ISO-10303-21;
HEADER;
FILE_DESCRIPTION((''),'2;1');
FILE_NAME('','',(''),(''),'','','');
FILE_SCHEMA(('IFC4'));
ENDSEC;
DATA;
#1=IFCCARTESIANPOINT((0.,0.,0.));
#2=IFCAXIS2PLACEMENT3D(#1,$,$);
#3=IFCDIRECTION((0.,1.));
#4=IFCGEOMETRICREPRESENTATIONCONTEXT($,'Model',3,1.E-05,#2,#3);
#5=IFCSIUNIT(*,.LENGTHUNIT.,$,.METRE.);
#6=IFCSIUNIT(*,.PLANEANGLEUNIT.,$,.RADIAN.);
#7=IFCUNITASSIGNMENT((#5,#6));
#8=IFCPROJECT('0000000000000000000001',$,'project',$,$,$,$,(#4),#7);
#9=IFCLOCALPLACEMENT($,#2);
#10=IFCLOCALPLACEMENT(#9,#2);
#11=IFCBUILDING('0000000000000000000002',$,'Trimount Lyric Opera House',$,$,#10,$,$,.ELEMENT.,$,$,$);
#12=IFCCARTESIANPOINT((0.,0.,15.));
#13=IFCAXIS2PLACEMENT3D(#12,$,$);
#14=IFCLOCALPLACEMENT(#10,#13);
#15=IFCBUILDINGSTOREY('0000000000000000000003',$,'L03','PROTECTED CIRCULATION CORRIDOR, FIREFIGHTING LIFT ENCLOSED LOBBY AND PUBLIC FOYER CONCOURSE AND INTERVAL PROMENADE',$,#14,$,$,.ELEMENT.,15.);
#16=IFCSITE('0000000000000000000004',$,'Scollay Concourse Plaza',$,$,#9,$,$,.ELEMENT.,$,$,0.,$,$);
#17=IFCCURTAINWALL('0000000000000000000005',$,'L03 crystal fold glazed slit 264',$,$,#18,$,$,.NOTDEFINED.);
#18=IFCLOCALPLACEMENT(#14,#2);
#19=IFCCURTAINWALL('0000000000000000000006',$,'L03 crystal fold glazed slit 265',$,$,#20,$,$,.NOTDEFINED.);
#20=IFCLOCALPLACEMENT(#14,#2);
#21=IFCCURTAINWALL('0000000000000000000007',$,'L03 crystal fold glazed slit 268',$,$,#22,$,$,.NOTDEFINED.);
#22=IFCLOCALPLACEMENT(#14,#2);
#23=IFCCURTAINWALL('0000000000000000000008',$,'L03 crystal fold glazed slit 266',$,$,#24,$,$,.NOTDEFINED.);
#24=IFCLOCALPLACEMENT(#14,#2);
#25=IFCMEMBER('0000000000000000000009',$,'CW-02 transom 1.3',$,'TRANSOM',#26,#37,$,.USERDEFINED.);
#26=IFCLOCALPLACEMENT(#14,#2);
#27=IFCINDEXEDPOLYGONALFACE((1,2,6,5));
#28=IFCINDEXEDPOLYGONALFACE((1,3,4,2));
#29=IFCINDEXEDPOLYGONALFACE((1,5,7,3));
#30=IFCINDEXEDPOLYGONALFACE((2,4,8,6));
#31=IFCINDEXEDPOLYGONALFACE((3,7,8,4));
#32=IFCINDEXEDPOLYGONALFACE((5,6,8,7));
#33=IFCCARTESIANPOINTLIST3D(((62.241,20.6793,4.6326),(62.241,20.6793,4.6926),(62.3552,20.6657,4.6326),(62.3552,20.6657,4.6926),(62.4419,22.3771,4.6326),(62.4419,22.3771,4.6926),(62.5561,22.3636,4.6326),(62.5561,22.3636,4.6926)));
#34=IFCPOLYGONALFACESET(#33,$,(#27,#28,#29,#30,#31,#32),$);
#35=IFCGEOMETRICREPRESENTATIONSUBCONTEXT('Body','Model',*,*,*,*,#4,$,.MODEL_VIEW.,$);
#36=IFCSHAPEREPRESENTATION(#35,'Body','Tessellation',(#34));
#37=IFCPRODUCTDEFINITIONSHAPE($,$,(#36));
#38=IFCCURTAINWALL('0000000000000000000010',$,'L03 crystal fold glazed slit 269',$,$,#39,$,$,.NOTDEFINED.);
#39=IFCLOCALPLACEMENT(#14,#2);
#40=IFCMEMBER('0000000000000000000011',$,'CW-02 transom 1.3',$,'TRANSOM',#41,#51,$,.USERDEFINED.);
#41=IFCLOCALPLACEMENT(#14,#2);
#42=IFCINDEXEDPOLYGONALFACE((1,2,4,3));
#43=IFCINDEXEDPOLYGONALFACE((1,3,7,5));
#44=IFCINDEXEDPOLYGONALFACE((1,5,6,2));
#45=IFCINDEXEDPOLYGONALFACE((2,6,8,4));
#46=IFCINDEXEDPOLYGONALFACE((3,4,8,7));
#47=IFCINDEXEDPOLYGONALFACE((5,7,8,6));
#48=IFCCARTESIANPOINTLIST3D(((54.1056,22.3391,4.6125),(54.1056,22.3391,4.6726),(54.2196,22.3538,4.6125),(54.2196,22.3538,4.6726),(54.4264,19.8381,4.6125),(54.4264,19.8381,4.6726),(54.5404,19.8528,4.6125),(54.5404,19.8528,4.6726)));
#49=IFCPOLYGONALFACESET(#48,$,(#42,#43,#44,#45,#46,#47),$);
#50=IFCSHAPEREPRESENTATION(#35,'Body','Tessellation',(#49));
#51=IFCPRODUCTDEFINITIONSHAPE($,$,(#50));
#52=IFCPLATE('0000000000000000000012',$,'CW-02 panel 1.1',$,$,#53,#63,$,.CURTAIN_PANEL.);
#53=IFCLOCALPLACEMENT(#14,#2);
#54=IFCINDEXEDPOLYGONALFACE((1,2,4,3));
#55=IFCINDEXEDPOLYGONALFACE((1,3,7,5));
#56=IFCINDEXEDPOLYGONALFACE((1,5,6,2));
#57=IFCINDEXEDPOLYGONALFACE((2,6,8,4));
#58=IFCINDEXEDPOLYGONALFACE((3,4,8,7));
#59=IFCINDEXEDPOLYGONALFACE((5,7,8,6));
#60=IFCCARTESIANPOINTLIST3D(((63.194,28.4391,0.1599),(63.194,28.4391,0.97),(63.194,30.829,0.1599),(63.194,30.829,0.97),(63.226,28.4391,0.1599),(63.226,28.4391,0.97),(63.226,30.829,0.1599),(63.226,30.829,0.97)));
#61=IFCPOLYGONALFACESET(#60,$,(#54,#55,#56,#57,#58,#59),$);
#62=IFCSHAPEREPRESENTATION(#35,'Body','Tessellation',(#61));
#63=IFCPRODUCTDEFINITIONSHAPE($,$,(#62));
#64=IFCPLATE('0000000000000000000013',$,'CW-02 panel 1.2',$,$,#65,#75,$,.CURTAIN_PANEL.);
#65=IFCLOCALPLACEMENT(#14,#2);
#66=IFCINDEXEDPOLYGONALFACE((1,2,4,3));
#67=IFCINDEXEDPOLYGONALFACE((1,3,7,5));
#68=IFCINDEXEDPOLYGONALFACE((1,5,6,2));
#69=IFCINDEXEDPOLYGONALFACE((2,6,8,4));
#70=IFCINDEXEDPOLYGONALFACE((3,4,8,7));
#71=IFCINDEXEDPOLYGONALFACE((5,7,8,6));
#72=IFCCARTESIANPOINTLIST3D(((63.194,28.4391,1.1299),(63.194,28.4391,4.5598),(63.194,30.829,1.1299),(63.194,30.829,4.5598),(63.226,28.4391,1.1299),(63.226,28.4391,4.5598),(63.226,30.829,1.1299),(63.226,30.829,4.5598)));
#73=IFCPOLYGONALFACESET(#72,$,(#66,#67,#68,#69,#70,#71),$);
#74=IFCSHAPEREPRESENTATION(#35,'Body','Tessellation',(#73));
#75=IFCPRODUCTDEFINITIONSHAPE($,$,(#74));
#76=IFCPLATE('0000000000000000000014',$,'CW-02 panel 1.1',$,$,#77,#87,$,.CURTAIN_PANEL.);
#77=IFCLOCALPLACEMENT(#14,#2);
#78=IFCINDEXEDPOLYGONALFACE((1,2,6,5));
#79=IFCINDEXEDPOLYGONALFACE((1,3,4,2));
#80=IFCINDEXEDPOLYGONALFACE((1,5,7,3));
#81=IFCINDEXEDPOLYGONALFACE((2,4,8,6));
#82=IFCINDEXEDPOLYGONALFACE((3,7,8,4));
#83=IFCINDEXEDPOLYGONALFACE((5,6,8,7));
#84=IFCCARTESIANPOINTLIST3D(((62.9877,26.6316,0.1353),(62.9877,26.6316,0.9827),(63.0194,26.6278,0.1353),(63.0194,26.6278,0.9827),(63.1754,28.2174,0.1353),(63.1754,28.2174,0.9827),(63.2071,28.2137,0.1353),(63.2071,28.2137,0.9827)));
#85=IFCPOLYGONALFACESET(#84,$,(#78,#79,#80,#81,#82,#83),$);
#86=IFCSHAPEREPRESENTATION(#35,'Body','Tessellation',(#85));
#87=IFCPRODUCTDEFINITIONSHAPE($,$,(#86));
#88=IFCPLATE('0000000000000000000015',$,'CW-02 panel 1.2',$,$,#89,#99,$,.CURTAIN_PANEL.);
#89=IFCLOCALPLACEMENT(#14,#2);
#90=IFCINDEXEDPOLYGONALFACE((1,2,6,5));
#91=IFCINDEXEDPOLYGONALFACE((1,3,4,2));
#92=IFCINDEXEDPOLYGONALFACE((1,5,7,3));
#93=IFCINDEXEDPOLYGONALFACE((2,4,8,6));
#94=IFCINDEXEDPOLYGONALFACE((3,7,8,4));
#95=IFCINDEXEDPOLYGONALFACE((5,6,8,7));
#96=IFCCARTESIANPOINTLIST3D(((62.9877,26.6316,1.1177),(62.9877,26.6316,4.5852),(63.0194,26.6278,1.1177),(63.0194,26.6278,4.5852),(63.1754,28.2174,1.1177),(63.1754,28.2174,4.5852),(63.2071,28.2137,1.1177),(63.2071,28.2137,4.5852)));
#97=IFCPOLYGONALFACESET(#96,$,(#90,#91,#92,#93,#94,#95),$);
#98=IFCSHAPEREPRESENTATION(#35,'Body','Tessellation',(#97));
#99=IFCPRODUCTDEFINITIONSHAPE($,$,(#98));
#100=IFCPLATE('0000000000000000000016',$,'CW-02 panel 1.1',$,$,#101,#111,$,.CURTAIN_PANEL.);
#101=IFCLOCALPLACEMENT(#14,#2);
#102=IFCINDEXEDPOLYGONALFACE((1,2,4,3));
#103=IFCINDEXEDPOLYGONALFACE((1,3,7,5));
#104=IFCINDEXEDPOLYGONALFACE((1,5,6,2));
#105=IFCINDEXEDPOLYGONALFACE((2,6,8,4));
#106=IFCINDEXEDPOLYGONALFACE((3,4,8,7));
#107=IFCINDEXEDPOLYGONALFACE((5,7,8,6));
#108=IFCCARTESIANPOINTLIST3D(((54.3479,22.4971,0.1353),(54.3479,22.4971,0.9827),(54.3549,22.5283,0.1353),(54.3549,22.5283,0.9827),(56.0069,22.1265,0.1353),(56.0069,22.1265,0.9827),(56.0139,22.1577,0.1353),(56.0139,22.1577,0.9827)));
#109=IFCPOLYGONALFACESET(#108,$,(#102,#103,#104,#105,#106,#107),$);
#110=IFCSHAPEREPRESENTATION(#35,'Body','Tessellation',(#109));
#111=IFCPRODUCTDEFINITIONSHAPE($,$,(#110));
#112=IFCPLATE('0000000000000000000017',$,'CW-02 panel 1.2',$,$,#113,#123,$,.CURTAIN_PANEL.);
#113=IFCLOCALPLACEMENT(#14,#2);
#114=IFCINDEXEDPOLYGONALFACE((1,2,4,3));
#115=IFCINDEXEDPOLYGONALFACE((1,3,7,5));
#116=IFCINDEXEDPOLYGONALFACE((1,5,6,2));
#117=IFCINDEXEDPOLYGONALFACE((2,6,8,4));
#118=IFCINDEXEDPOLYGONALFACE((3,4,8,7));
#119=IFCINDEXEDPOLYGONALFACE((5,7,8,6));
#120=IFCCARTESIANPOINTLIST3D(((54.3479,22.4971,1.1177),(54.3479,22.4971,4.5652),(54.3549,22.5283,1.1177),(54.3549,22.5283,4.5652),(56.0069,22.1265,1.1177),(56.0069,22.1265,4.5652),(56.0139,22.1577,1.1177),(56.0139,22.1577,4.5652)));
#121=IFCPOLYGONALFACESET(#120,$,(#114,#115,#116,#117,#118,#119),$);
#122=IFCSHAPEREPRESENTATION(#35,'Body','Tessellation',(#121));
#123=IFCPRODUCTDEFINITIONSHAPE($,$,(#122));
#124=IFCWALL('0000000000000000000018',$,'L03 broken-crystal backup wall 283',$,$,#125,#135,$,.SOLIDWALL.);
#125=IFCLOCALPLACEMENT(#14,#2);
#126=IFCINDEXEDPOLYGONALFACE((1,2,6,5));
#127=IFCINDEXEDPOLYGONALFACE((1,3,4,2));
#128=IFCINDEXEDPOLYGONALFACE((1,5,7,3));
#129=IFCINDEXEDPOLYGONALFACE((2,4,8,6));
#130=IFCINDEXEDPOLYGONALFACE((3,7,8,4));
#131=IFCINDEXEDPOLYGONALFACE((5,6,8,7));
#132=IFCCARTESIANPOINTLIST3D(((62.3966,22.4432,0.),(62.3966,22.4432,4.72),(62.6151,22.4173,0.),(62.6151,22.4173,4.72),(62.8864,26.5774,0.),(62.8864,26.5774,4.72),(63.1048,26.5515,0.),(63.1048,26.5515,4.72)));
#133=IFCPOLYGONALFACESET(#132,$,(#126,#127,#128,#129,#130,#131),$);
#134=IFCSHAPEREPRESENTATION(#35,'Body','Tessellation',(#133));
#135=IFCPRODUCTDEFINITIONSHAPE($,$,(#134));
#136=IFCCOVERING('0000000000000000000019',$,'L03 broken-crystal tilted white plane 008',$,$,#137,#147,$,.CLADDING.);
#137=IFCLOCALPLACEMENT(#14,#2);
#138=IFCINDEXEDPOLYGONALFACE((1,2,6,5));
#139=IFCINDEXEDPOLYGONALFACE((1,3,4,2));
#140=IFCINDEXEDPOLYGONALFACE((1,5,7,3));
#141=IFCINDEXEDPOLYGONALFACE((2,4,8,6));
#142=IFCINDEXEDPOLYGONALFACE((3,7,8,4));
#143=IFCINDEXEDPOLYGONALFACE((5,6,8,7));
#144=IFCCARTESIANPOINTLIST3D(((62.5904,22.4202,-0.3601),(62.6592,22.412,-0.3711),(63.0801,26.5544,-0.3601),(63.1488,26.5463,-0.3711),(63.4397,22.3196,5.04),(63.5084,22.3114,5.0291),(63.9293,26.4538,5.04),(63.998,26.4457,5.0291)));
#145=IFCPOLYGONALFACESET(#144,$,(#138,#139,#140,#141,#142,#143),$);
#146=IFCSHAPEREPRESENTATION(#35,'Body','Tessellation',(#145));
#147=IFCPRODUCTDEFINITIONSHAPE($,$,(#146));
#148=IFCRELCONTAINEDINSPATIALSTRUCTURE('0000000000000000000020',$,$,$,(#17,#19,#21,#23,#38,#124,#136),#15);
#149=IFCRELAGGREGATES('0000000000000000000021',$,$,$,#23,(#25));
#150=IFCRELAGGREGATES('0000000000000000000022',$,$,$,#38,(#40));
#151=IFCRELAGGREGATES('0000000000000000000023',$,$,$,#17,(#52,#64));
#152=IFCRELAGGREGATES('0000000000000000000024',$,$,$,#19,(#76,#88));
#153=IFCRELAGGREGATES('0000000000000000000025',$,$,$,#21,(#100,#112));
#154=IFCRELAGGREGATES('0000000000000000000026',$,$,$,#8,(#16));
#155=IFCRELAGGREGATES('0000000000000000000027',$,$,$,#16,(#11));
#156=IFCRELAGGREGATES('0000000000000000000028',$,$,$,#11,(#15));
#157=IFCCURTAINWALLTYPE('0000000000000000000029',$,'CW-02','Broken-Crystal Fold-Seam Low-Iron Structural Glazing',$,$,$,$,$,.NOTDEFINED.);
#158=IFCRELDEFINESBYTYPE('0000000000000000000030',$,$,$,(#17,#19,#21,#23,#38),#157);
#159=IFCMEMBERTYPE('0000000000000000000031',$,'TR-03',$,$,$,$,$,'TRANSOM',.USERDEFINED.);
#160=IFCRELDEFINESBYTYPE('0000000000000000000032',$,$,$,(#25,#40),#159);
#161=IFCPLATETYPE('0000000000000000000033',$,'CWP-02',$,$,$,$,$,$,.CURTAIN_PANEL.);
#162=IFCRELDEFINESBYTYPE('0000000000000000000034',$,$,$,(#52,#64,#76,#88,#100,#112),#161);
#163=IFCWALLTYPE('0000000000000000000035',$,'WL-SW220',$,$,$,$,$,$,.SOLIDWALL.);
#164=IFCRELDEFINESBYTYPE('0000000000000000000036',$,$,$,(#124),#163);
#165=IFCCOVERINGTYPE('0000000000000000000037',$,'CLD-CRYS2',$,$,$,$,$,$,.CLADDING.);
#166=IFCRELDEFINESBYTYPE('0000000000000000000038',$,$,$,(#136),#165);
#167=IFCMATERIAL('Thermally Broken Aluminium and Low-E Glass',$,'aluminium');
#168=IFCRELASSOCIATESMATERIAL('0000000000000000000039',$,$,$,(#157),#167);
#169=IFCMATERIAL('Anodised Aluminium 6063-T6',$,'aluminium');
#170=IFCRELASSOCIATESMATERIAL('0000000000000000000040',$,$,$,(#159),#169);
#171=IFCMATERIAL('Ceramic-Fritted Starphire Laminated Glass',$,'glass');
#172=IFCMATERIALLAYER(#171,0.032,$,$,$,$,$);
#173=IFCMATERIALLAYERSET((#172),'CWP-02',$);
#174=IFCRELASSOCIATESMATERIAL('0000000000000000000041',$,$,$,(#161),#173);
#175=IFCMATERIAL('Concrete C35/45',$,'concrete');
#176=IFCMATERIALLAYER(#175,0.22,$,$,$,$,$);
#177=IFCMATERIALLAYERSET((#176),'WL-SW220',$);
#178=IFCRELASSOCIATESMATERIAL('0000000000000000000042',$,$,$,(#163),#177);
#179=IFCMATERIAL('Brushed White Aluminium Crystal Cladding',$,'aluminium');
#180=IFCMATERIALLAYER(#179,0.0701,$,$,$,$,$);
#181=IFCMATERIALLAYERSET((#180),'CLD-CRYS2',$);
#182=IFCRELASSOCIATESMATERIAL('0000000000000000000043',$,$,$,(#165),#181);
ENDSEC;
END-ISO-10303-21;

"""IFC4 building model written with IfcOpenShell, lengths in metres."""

from ifc_helpers import new_model, si_unit, direction, frame, frame_2d, origin, origin_2d, place, context, subcontext, project, spatial, polyline, rectangle, outline, extrude, material, layer, layer_set, material_profile, profile_set, type_object, element, aggregate, save


model = new_model("IFC4")

# Units and contexts
model_context = context("Model", 3, precision=1e-05, world=origin(), true_north=direction((0.0, 1.0)))
body_context = subcontext(model_context, "Body", "Model", "MODEL_VIEW")
ifc_project = project(units=[si_unit("LENGTHUNIT", "METRE"), si_unit("PLANEANGLEUNIT", "RADIAN")], contexts=[model_context])

# Site, building, storey
site_placement = place(None, origin())
site = spatial("IfcSite", under=ifc_project, at=site_placement, Name="Scollay Concourse Plaza", CompositionType="ELEMENT", RefElevation=0.0)
building_placement = place(site_placement, origin())
building = spatial("IfcBuilding", under=site, at=building_placement, Name="Trimount Lyric Opera House", CompositionType="ELEMENT")
storey_placement = place(building_placement, frame((0.0, 0.0, 15.0)))
storey = spatial("IfcBuildingStorey", under=building, at=storey_placement, Name="L03", Description="PROTECTED CIRCULATION CORRIDOR, FIREFIGHTING LIFT ENCLOSED LOBBY AND PUBLIC FOYER CONCOURSE AND INTERVAL PROMENADE", CompositionType="ELEMENT", Elevation=15.0)

# Curtain wall
ifc_material_1 = material(Name="Thermally Broken Aluminium and Low-E Glass", Category="aluminium")
curtain_wall_type = type_object("IfcCurtainWallType", Name="CW-02", Description="Broken-Crystal Fold-Seam Low-Iron Structural Glazing", PredefinedType="NOTDEFINED", material=ifc_material_1)
curtain_wall_1_placement = place(storey_placement, origin())
curtain_wall_1 = element("IfcCurtainWall", 1, at=curtain_wall_1_placement, inside=storey, type_object=curtain_wall_type, Name="L03 crystal fold glazed slit 264", PredefinedType="NOTDEFINED")

# Curtain wall
curtain_wall_2_placement = place(storey_placement, origin())
curtain_wall_2 = element("IfcCurtainWall", 2, at=curtain_wall_2_placement, inside=storey, type_object=curtain_wall_type, Name="L03 crystal fold glazed slit 265", PredefinedType="NOTDEFINED")

# Curtain walls
curtain_wall_3_placement = place(storey_placement, origin())
curtain_wall_3 = element("IfcCurtainWall", 3, at=curtain_wall_3_placement, inside=storey, type_object=curtain_wall_type, Name="L03 crystal fold glazed slit 268", PredefinedType="NOTDEFINED")
curtain_wall_4_placement = place(storey_placement, origin())
curtain_wall_4 = element("IfcCurtainWall", 4, at=curtain_wall_4_placement, inside=storey, type_object=curtain_wall_type, Name="L03 crystal fold glazed slit 266", PredefinedType="NOTDEFINED")

# Member
ifc_material_2 = material(Name="Anodised Aluminium 6063-T6", Category="aluminium")
ifc_material_profile_1 = material_profile(ifc_material_2, rectangle(XDim=0.115, YDim=0.0601, at=origin_2d()), Name="ALU-TRAN-60X115")
ifc_profile_set_1 = profile_set([ifc_material_profile_1], Name="Anodised Aluminium 6063-T6")
member_type_1 = type_object("IfcMemberType", Name="TR-03", ElementType="TRANSOM", PredefinedType="USERDEFINED", material=ifc_profile_set_1)
member_1_placement = place(storey_placement, frame((62.499, 22.3704, 4.6626), z_axis=(-0.117529, -0.993069, 0.0), x_axis=(0.993069, -0.117529, 0.0)))
member_1 = element("IfcMember", 5, at=member_1_placement, type_object=member_type_1, Name="CW-02 transom 1.3", ObjectType="TRANSOM", PredefinedType="USERDEFINED", context=body_context, shape_type="SweptSolid", body=[
    extrude(rectangle(XDim=0.115, YDim=0.0601, at=origin_2d()), origin(), (0.0, 0.0, 1.0), 1.7097),
])
aggregate(curtain_wall_4, [member_1])

# Curtain wall, member
curtain_wall_5_placement = place(storey_placement, origin())
curtain_wall_5 = element("IfcCurtainWall", 6, at=curtain_wall_5_placement, inside=storey, type_object=curtain_wall_type, Name="L03 crystal fold glazed slit 269", PredefinedType="NOTDEFINED")
member_2_placement = place(storey_placement, frame((54.1626, 22.3464, 4.6426), z_axis=(0.127228, -0.991874, 0.0), x_axis=(0.991874, 0.127228, 0.0)))
member_2 = element("IfcMember", 7, at=member_2_placement, type_object=member_type_1, Name="CW-02 transom 1.3", ObjectType="TRANSOM", PredefinedType="USERDEFINED", context=body_context, shape_type="SweptSolid", body=[
    extrude(rectangle(XDim=0.115, YDim=0.0601, at=origin_2d()), origin(), (0.0, 0.0, 1.0), 2.5215),
])
aggregate(curtain_wall_5, [member_2])

# Plates
ifc_material_3 = material(Name="Ceramic-Fritted Starphire Laminated Glass", Category="glass")
ifc_layer_1 = layer(ifc_material_3, 0.032)
ifc_layer_set_1 = layer_set([ifc_layer_1], Name="CWP-02")
plate_type = type_object("IfcPlateType", Name="CWP-02", PredefinedType="CURTAIN_PANEL", material=ifc_layer_set_1)
plate_1_placement = place(storey_placement, frame((63.21, 29.634, 0.1599), z_axis=(0.0, 0.0, 1.0), x_axis=(0.0, -1.0, 0.0)))
plate_1 = element("IfcPlate", 8, at=plate_1_placement, type_object=plate_type, Name="CW-02 panel 1.1", PredefinedType="CURTAIN_PANEL", context=body_context, shape_type="SweptSolid", body=[
    extrude(rectangle(XDim=2.3899, YDim=0.032, at=origin_2d()), origin(), (0.0, 0.0, 1.0), 0.8101),
])
plate_2_placement = place(storey_placement, frame((63.21, 29.634, 1.1299), z_axis=(0.0, 0.0, 1.0), x_axis=(0.0, -1.0, 0.0)))
plate_2 = element("IfcPlate", 9, at=plate_2_placement, type_object=plate_type, Name="CW-02 panel 1.2", PredefinedType="CURTAIN_PANEL", context=body_context, shape_type="SweptSolid", body=[
    extrude(rectangle(XDim=2.3899, YDim=0.032, at=origin_2d()), origin(), (0.0, 0.0, 1.0), 3.4299),
])
aggregate(curtain_wall_1, [plate_1, plate_2])
plate_3_placement = place(storey_placement, frame((63.0974, 27.4226, 0.1353), z_axis=(0.0, 0.0, 1.0), x_axis=(-0.117547, -0.993067, 0.0)))
plate_3 = element("IfcPlate", 10, at=plate_3_placement, type_object=plate_type, Name="CW-02 panel 1.1", PredefinedType="CURTAIN_PANEL", context=body_context, shape_type="SweptSolid", body=[
    extrude(rectangle(XDim=1.5969, YDim=0.032, at=origin_2d()), origin(), (0.0, 0.0, 1.0), 0.8474),
])
plate_4_placement = place(storey_placement, frame((63.0974, 27.4226, 1.1177), z_axis=(0.0, 0.0, 1.0), x_axis=(-0.117547, -0.993067, 0.0)))
plate_4 = element("IfcPlate", 11, at=plate_4_placement, type_object=plate_type, Name="CW-02 panel 1.2", PredefinedType="CURTAIN_PANEL", context=body_context, shape_type="SweptSolid", body=[
    extrude(rectangle(XDim=1.5969, YDim=0.032, at=origin_2d()), origin(), (0.0, 0.0, 1.0), 3.4675),
])
aggregate(curtain_wall_2, [plate_3, plate_4])
plate_5_placement = place(storey_placement, frame((55.1809, 22.3274, 0.1353), z_axis=(0.0, 0.0, 1.0), x_axis=(-0.975942, 0.21803, 0.0)))
plate_5 = element("IfcPlate", 12, at=plate_5_placement, type_object=plate_type, Name="CW-02 panel 1.1", PredefinedType="CURTAIN_PANEL", context=body_context, shape_type="SweptSolid", body=[
    extrude(rectangle(XDim=1.7, YDim=0.032, at=origin_2d()), origin(), (0.0, 0.0, 1.0), 0.8474),
])
plate_6_placement = place(storey_placement, frame((55.1809, 22.3274, 1.1177), z_axis=(0.0, 0.0, 1.0), x_axis=(-0.975942, 0.21803, 0.0)))
plate_6 = element("IfcPlate", 13, at=plate_6_placement, type_object=plate_type, Name="CW-02 panel 1.2", PredefinedType="CURTAIN_PANEL", context=body_context, shape_type="SweptSolid", body=[
    extrude(rectangle(XDim=1.7, YDim=0.032, at=origin_2d()), origin(), (0.0, 0.0, 1.0), 3.4475),
])
aggregate(curtain_wall_3, [plate_5, plate_6])

# Wall
ifc_material_4 = material(Name="Concrete C35/45", Category="concrete")
ifc_layer_2 = layer(ifc_material_4, 0.22)
ifc_layer_set_2 = layer_set([ifc_layer_2], Name="WL-SW220")
wall_type = type_object("IfcWallType", Name="WL-SW220", PredefinedType="SOLIDWALL", material=ifc_layer_set_2)
wall_placement = place(storey_placement, frame((62.9956, 26.5645, 0.0), z_axis=(0.0, 0.0, 1.0), x_axis=(-0.117637, -0.993057, 0.0)))
element("IfcWall", 14, at=wall_placement, inside=storey, type_object=wall_type, Name="L03 broken-crystal backup wall 283", PredefinedType="SOLIDWALL", context=body_context, shape_type="SweptSolid", body=[
    extrude(rectangle(XDim=4.1631, YDim=0.22, at=frame_2d((2.0815, 0.0))), origin(), (0.0, 0.0, 1.0), 4.72),
])

# Covering
ifc_material_5 = material(Name="Brushed White Aluminium Crystal Cladding", Category="aluminium")
ifc_layer_3 = layer(ifc_material_5, 0.0701)
ifc_layer_set_3 = layer_set([ifc_layer_3], Name="CLD-CRYS2")
covering_type = type_object("IfcCoveringType", Name="CLD-CRYS2", PredefinedType="CLADDING", material=ifc_layer_set_3)
covering_placement = place(storey_placement, frame((63.0801, 26.5544, -0.3601), z_axis=(-0.980837, 0.116161, 0.156413), x_axis=(-0.117609, -0.99306, -0.000004)))
element("IfcCovering", 15, at=covering_placement, inside=storey, type_object=covering_type, Name="L03 broken-crystal tilted white plane 008", PredefinedType="CLADDING", context=body_context, shape_type="SweptSolid", body=[
    extrude(outline(polyline([(0.0, 0.0), (4.1632, 0.0), (4.1632, 5.4675), (0.0, 5.4674), (0.0, 0.0)])), origin(), (0.0, 0.0, -1.0), 0.0701),
])

save(model, "model.ifc")
